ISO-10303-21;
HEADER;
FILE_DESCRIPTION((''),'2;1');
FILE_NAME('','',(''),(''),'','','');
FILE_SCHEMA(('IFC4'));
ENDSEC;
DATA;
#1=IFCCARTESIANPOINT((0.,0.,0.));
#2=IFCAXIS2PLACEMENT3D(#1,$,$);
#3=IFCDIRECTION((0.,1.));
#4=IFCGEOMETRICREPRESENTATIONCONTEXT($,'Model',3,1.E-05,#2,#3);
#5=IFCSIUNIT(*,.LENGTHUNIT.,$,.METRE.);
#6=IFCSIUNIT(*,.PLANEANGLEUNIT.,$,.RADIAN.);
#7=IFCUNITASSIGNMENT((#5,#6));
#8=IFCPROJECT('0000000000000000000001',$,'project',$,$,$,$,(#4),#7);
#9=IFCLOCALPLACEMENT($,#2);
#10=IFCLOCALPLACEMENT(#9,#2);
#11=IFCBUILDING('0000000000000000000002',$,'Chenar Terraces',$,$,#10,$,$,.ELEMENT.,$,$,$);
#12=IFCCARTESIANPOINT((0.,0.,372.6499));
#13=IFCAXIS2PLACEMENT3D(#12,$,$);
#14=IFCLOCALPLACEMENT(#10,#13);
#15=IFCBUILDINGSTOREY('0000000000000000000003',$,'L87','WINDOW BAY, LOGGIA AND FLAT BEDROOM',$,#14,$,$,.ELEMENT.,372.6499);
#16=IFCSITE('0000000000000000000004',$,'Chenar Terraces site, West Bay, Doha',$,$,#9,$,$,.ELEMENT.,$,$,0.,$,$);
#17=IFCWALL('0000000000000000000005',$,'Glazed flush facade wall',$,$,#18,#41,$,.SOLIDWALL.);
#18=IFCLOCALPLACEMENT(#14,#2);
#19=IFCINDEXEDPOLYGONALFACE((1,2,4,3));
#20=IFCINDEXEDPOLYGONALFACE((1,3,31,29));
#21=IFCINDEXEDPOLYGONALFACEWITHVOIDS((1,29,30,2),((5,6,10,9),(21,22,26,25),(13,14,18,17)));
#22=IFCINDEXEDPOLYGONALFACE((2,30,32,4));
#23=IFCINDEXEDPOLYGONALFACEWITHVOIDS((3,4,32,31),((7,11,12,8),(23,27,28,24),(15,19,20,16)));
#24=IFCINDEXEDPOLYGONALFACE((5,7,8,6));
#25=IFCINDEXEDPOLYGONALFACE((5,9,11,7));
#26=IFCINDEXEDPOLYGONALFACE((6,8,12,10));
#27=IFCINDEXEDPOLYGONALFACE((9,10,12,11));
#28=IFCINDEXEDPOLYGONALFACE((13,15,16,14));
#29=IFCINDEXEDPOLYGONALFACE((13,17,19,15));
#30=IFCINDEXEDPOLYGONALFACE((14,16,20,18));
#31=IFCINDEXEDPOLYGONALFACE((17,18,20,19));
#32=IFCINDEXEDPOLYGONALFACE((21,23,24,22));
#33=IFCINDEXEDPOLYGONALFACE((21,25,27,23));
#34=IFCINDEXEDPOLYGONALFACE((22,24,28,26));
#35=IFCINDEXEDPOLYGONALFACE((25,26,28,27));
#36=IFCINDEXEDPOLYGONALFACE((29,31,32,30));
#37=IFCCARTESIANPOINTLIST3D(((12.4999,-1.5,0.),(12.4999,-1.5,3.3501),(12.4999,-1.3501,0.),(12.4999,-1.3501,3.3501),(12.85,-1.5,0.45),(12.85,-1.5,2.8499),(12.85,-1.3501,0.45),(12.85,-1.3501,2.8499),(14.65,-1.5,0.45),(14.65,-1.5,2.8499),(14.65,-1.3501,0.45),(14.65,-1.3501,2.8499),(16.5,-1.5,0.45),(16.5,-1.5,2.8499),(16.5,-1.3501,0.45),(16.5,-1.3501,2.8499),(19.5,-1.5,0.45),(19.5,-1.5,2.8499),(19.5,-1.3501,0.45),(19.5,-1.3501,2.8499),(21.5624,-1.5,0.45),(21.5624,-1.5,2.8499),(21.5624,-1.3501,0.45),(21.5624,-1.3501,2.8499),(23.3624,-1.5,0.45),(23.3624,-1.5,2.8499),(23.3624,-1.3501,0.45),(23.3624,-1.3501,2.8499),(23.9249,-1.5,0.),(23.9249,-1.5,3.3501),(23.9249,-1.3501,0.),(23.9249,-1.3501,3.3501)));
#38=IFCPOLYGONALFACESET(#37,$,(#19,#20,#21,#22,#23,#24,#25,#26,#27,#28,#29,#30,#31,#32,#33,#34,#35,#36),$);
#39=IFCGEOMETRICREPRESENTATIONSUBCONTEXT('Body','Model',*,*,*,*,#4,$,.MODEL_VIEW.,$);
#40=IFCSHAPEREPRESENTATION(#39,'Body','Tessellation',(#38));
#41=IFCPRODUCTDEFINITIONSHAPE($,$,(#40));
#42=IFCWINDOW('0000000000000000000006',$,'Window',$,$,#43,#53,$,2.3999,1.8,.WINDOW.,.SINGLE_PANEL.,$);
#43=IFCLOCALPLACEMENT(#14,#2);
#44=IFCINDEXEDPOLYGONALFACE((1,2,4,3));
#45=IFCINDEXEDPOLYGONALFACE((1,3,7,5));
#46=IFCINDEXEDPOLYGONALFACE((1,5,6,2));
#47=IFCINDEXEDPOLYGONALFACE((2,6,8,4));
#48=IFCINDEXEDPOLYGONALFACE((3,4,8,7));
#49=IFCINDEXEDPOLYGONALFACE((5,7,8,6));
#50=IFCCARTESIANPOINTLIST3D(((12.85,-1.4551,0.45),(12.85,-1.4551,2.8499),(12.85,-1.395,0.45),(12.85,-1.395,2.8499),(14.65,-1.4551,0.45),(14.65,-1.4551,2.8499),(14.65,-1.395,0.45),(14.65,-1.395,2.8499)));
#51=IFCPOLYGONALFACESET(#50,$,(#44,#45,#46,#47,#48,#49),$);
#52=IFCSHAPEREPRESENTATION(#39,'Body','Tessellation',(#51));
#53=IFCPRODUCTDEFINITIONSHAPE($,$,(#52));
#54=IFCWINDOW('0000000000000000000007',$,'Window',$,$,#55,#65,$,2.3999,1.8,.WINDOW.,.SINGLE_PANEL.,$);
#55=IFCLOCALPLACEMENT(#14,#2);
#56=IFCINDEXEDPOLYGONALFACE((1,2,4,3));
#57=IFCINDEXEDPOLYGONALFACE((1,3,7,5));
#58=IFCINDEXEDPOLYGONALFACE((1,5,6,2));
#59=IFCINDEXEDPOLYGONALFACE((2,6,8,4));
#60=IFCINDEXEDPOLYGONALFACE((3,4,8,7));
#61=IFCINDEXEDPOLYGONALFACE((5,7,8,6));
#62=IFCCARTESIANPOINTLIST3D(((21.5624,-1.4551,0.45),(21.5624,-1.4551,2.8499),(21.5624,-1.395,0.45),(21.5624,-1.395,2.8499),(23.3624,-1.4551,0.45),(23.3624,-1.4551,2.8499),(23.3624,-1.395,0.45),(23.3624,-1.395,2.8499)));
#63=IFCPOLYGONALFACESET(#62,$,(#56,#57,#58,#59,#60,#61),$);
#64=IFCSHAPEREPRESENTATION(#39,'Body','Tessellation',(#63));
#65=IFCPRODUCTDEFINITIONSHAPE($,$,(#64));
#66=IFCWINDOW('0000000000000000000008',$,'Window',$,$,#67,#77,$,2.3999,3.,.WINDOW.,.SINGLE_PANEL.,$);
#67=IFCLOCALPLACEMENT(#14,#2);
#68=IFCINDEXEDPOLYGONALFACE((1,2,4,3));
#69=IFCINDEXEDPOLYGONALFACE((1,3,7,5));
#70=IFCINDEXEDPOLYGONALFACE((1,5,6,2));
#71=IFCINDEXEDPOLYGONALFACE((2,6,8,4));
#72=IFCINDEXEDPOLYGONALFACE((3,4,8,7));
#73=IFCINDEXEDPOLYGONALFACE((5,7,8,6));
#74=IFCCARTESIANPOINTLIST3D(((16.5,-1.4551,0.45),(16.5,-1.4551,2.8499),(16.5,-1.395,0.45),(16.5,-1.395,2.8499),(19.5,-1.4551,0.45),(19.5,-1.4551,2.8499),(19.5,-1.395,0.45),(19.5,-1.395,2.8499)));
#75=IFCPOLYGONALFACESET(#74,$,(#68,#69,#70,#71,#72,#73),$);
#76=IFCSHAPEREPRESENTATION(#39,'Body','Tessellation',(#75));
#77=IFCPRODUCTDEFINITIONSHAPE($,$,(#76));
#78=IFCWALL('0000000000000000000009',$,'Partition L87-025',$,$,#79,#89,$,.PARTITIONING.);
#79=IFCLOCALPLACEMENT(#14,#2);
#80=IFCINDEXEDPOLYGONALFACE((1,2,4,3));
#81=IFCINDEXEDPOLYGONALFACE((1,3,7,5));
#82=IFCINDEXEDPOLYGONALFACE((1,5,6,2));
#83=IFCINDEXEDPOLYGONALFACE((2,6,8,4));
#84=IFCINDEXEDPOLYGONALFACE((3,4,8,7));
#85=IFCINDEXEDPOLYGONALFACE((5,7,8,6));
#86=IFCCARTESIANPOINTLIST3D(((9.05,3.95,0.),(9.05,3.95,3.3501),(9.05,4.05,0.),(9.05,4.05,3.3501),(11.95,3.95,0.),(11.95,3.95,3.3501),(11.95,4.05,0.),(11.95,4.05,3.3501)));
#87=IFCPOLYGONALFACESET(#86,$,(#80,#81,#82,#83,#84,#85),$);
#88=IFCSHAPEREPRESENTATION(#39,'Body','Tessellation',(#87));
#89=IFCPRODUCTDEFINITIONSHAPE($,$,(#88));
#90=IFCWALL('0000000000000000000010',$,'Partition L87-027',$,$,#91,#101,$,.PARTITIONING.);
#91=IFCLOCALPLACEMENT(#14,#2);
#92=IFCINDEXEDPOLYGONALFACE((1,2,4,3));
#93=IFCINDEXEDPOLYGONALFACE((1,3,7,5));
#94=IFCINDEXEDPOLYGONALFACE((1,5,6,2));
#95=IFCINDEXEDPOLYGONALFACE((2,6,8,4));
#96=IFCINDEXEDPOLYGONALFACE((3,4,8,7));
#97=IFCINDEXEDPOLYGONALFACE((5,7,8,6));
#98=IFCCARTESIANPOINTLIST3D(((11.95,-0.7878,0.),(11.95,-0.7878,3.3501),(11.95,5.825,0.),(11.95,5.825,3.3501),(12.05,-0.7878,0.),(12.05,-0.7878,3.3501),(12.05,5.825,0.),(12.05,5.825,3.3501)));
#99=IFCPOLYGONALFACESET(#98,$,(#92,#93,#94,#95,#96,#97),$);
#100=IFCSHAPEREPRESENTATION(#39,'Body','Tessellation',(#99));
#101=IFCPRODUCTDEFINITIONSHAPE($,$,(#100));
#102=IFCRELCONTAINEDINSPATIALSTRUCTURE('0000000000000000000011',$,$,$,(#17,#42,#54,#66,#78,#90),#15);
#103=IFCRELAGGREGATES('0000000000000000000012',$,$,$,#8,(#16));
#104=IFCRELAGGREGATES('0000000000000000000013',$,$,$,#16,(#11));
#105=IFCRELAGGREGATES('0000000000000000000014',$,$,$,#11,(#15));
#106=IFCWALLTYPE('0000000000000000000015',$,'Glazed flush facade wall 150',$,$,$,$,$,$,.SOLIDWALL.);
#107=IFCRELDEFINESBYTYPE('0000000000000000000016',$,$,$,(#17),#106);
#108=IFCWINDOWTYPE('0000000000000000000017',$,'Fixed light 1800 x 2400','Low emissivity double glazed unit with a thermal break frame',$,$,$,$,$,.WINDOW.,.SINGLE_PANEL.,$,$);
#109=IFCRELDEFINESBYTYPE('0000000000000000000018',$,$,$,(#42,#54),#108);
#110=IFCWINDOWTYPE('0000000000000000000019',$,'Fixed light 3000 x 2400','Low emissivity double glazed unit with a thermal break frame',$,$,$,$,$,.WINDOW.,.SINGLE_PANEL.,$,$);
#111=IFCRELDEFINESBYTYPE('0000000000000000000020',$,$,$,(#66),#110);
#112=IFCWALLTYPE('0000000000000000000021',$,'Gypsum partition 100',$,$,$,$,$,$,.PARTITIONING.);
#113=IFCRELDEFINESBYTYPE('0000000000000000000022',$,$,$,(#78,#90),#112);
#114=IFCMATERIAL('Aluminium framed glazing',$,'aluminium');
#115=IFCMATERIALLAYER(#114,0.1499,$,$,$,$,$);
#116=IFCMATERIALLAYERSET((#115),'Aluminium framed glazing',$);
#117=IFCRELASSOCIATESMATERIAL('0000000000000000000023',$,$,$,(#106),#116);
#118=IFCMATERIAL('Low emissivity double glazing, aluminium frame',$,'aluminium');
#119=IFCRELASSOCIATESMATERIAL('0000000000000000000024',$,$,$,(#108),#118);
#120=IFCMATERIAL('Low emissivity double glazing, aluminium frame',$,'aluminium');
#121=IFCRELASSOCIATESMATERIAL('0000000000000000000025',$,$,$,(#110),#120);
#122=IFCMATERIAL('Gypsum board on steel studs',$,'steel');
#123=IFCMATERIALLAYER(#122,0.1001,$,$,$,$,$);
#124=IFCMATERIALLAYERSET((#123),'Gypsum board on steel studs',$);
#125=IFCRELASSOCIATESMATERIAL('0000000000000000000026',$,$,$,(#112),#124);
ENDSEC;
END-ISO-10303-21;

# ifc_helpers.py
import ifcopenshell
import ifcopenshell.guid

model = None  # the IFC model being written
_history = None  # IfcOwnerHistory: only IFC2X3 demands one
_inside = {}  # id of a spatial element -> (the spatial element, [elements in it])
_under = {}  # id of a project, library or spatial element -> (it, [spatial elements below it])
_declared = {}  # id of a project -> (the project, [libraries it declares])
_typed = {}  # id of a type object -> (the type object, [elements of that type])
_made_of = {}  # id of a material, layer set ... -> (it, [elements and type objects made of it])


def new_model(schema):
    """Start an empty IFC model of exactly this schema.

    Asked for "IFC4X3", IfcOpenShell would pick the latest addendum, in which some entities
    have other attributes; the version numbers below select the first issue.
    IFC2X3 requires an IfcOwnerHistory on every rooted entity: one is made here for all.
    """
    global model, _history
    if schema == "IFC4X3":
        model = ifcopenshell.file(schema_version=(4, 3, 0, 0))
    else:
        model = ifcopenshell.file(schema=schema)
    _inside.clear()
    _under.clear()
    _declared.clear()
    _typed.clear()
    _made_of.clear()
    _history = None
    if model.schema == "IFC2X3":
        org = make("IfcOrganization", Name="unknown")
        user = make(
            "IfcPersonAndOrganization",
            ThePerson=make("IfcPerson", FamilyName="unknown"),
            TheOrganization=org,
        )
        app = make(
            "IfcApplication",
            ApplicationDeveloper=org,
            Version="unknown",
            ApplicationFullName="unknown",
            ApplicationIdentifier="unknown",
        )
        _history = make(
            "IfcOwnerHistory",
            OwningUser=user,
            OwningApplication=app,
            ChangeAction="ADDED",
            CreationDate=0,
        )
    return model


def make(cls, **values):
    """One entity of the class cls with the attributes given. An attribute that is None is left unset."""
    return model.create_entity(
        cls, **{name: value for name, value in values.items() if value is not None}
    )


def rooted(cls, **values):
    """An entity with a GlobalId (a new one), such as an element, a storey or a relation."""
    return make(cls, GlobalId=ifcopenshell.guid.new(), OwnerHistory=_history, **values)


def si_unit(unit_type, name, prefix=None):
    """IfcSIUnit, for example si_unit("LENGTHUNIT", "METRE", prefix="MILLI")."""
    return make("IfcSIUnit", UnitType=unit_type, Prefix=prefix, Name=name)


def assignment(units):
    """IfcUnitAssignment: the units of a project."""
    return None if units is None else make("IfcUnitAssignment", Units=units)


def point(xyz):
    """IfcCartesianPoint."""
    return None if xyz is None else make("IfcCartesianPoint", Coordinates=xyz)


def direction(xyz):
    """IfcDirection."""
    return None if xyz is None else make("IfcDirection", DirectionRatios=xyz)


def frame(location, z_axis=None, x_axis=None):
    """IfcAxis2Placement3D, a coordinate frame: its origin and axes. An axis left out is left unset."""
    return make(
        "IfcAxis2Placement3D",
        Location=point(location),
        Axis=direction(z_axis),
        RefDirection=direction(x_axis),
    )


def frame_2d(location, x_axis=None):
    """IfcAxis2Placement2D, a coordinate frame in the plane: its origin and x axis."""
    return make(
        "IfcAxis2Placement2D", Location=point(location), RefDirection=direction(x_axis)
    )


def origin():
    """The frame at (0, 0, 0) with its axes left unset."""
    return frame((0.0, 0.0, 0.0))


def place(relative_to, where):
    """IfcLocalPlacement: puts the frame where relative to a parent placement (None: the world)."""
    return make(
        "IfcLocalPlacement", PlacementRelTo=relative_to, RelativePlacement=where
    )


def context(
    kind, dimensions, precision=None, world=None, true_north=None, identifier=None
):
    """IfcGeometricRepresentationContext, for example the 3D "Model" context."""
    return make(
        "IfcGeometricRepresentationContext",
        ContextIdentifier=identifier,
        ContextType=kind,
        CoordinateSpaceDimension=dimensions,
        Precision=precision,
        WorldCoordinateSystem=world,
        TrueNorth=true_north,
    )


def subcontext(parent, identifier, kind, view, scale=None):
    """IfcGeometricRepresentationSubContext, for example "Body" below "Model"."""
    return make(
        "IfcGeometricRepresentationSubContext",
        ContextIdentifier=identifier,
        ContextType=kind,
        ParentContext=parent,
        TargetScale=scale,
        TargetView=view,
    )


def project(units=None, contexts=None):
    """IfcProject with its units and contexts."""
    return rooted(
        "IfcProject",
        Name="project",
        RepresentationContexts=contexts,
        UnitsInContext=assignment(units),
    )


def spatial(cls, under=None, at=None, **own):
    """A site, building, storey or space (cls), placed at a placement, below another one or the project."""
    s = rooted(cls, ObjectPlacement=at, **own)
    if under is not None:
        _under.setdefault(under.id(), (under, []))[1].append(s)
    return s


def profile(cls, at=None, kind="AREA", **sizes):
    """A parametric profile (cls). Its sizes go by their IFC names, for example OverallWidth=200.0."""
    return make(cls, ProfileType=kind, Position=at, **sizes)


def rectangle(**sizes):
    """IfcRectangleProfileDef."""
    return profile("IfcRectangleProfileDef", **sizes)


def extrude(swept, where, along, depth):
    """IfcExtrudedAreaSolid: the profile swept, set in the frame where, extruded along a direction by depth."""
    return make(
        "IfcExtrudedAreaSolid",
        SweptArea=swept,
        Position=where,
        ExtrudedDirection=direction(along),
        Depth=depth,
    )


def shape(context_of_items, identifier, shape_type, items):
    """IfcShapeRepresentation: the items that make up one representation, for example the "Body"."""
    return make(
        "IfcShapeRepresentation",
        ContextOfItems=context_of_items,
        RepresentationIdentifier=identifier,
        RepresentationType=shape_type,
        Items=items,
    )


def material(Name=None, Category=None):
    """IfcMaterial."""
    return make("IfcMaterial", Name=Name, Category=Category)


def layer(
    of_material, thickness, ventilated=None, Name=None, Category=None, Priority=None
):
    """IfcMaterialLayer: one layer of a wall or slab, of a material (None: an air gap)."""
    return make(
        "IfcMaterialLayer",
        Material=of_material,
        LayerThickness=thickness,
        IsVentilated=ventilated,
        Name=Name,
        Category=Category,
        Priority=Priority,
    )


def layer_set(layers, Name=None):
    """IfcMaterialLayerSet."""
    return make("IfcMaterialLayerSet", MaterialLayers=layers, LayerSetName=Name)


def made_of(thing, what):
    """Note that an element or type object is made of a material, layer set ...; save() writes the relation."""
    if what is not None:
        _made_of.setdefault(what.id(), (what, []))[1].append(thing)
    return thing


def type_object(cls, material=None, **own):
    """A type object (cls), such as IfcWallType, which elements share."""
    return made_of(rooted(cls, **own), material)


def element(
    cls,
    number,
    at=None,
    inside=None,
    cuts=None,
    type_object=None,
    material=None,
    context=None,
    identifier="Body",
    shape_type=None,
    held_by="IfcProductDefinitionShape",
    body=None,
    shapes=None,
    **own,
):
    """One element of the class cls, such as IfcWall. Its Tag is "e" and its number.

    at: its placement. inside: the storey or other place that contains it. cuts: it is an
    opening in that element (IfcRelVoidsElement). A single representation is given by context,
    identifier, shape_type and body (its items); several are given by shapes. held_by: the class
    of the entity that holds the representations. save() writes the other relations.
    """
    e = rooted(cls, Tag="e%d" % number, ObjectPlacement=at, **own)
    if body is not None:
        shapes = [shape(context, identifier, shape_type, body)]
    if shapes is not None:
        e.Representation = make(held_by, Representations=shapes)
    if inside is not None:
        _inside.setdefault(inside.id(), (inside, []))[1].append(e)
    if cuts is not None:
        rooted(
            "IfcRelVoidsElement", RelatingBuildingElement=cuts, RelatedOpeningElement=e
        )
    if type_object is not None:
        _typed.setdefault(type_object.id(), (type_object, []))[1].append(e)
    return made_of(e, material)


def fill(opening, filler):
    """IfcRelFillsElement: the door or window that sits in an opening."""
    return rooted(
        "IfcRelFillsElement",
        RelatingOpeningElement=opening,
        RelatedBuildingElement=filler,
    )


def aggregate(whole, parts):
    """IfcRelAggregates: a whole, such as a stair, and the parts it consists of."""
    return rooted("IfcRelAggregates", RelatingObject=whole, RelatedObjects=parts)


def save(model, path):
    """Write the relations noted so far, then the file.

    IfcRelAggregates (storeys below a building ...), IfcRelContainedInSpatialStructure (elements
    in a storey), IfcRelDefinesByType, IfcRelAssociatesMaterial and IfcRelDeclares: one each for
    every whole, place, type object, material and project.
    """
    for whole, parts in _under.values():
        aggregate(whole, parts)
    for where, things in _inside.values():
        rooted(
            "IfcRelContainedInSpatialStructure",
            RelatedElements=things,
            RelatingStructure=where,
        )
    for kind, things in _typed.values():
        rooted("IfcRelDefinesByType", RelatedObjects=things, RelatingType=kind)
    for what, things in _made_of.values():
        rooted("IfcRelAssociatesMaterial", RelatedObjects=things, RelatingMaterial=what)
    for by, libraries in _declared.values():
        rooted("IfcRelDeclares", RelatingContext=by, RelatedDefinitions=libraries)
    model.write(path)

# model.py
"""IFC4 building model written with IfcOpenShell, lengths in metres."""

from ifc_helpers import new_model, si_unit, direction, frame, frame_2d, origin, place, context, subcontext, project, spatial, rectangle, extrude, material, layer, layer_set, type_object, element, fill, save


model = new_model("IFC4")

# Units and contexts
model_context = context("Model", 3, precision=1e-05, world=origin(), true_north=direction((0.0, 1.0)))
body_context = subcontext(model_context, "Body", "Model", "MODEL_VIEW")
ifc_project = project(units=[si_unit("LENGTHUNIT", "METRE"), si_unit("PLANEANGLEUNIT", "RADIAN")], contexts=[model_context])

# Site, building, storey
site_placement = place(None, origin())
site = spatial("IfcSite", under=ifc_project, at=site_placement, Name="Chenar Terraces site, West Bay, Doha", CompositionType="ELEMENT", RefElevation=0.0)
building_placement = place(site_placement, origin())
building = spatial("IfcBuilding", under=site, at=building_placement, Name="Chenar Terraces", CompositionType="ELEMENT")
storey_placement = place(building_placement, frame((0.0, 0.0, 372.6499)))
storey = spatial("IfcBuildingStorey", under=building, at=storey_placement, Name="L87", Description="WINDOW BAY, LOGGIA AND FLAT BEDROOM", CompositionType="ELEMENT", Elevation=372.6499)

# Wall, openings, windows
ifc_material_1 = material(Name="Aluminium framed glazing", Category="aluminium")
ifc_layer_1 = layer(ifc_material_1, 0.1499)
ifc_layer_set_1 = layer_set([ifc_layer_1], Name="Aluminium framed glazing")
wall_type_1 = type_object("IfcWallType", Name="Glazed flush facade wall 150", PredefinedType="SOLIDWALL", material=ifc_layer_set_1)
wall_1_placement = place(storey_placement, frame((12.5, -1.425, 0.0), z_axis=(0.0, 0.0, 1.0), x_axis=(1.0, 0.0, 0.0)))
wall_1 = element("IfcWall", 1, at=wall_1_placement, inside=storey, type_object=wall_type_1, Name="Glazed flush facade wall", PredefinedType="SOLIDWALL", context=body_context, shape_type="SweptSolid", body=[
    extrude(rectangle(XDim=11.425, YDim=0.1499, at=frame_2d((5.7124, 0.0))), origin(), (0.0, 0.0, 1.0), 3.3501),
])
opening_1_placement = place(wall_1_placement, frame((0.3501, 0.0, 0.45)))
opening_1 = element("IfcOpeningElement", 2, at=opening_1_placement, cuts=wall_1, PredefinedType="OPENING", context=body_context, shape_type="SweptSolid", body=[
    extrude(rectangle(XDim=1.8, YDim=2.3999, at=frame_2d((0.8999, 1.2))), frame((0.0, 0.085, 0.0), z_axis=(0.0, -1.0, 0.0), x_axis=(1.0, 0.0, 0.0)), (0.0, 0.0, 1.0), 0.1699),
])
opening_2_placement = place(wall_1_placement, frame((4.0, 0.0, 0.45)))
opening_2 = element("IfcOpeningElement", 3, at=opening_2_placement, cuts=wall_1, PredefinedType="OPENING", context=body_context, shape_type="SweptSolid", body=[
    extrude(rectangle(XDim=3.0, YDim=2.3999, at=frame_2d((1.5, 1.2))), frame((0.0, 0.085, 0.0), z_axis=(0.0, -1.0, 0.0), x_axis=(1.0, 0.0, 0.0)), (0.0, 0.0, 1.0), 0.1699),
])
opening_3_placement = place(wall_1_placement, frame((9.0625, 0.0, 0.45)))
opening_3 = element("IfcOpeningElement", 4, at=opening_3_placement, cuts=wall_1, PredefinedType="OPENING", context=body_context, shape_type="SweptSolid", body=[
    extrude(rectangle(XDim=1.8, YDim=2.3999, at=frame_2d((0.8999, 1.2))), frame((0.0, 0.085, 0.0), z_axis=(0.0, -1.0, 0.0), x_axis=(1.0, 0.0, 0.0)), (0.0, 0.0, 1.0), 0.1699),
])
ifc_material_2 = material(Name="Low emissivity double glazing, aluminium frame", Category="aluminium")
window_type_1 = type_object("IfcWindowType", Name="Fixed light 1800 x 2400", Description="Low emissivity double glazed unit with a thermal break frame", PartitioningType="SINGLE_PANEL", PredefinedType="WINDOW", material=ifc_material_2)
window_1_placement = place(opening_1_placement, origin())
window_1 = element("IfcWindow", 5, at=window_1_placement, inside=storey, type_object=window_type_1, Name="Window", OverallHeight=2.3999, OverallWidth=1.8, PartitioningType="SINGLE_PANEL", PredefinedType="WINDOW", context=body_context, shape_type="SweptSolid", body=[
    extrude(rectangle(XDim=1.8, YDim=2.3999, at=frame_2d((0.8999, 1.2))), frame((0.0, 0.03, 0.0), z_axis=(0.0, -1.0, 0.0), x_axis=(1.0, 0.0, 0.0)), (0.0, 0.0, 1.0), 0.0601),
])
fill(opening_1, window_1)
window_2_placement = place(opening_3_placement, origin())
window_2 = element("IfcWindow", 6, at=window_2_placement, inside=storey, type_object=window_type_1, Name="Window", OverallHeight=2.3999, OverallWidth=1.8, PartitioningType="SINGLE_PANEL", PredefinedType="WINDOW", context=body_context, shape_type="SweptSolid", body=[
    extrude(rectangle(XDim=1.8, YDim=2.3999, at=frame_2d((0.8999, 1.2))), frame((0.0, 0.03, 0.0), z_axis=(0.0, -1.0, 0.0), x_axis=(1.0, 0.0, 0.0)), (0.0, 0.0, 1.0), 0.0601),
])
fill(opening_3, window_2)
ifc_material_3 = material(Name="Low emissivity double glazing, aluminium frame", Category="aluminium")
window_type_2 = type_object("IfcWindowType", Name="Fixed light 3000 x 2400", Description="Low emissivity double glazed unit with a thermal break frame", PartitioningType="SINGLE_PANEL", PredefinedType="WINDOW", material=ifc_material_3)
window_3_placement = place(opening_2_placement, origin())
window_3 = element("IfcWindow", 7, at=window_3_placement, inside=storey, type_object=window_type_2, Name="Window", OverallHeight=2.3999, OverallWidth=3.0, PartitioningType="SINGLE_PANEL", PredefinedType="WINDOW", context=body_context, shape_type="SweptSolid", body=[
    extrude(rectangle(XDim=3.0, YDim=2.3999, at=frame_2d((1.5, 1.2))), frame((0.0, 0.03, 0.0), z_axis=(0.0, -1.0, 0.0), x_axis=(1.0, 0.0, 0.0)), (0.0, 0.0, 1.0), 0.0601),
])
fill(opening_2, window_3)

# Walls
ifc_material_4 = material(Name="Gypsum board on steel studs", Category="steel")
ifc_layer_2 = layer(ifc_material_4, 0.1001)
ifc_layer_set_2 = layer_set([ifc_layer_2], Name="Gypsum board on steel studs")
wall_type_2 = type_object("IfcWallType", Name="Gypsum partition 100", PredefinedType="PARTITIONING", material=ifc_layer_set_2)
wall_2_placement = place(storey_placement, frame((9.05, 4.0, 0.0), z_axis=(0.0, 0.0, 1.0), x_axis=(1.0, 0.0, 0.0)))
element("IfcWall", 8, at=wall_2_placement, inside=storey, type_object=wall_type_2, Name="Partition L87-025", PredefinedType="PARTITIONING", context=body_context, shape_type="SweptSolid", body=[
    extrude(rectangle(XDim=2.8999, YDim=0.1001, at=frame_2d((1.45, 0.0))), origin(), (0.0, 0.0, 1.0), 3.3501),
])
wall_3_placement = place(storey_placement, frame((12.0, -0.7878, 0.0), z_axis=(0.0, 0.0, 1.0), x_axis=(0.0, 1.0, 0.0)))
element("IfcWall", 9, at=wall_3_placement, inside=storey, type_object=wall_type_2, Name="Partition L87-027", PredefinedType="PARTITIONING", context=body_context, shape_type="SweptSolid", body=[
    extrude(rectangle(XDim=6.6128, YDim=0.1001, at=frame_2d((3.3064, 0.0))), origin(), (0.0, 0.0, 1.0), 3.3501),
])

save(model, "model.ifc")
